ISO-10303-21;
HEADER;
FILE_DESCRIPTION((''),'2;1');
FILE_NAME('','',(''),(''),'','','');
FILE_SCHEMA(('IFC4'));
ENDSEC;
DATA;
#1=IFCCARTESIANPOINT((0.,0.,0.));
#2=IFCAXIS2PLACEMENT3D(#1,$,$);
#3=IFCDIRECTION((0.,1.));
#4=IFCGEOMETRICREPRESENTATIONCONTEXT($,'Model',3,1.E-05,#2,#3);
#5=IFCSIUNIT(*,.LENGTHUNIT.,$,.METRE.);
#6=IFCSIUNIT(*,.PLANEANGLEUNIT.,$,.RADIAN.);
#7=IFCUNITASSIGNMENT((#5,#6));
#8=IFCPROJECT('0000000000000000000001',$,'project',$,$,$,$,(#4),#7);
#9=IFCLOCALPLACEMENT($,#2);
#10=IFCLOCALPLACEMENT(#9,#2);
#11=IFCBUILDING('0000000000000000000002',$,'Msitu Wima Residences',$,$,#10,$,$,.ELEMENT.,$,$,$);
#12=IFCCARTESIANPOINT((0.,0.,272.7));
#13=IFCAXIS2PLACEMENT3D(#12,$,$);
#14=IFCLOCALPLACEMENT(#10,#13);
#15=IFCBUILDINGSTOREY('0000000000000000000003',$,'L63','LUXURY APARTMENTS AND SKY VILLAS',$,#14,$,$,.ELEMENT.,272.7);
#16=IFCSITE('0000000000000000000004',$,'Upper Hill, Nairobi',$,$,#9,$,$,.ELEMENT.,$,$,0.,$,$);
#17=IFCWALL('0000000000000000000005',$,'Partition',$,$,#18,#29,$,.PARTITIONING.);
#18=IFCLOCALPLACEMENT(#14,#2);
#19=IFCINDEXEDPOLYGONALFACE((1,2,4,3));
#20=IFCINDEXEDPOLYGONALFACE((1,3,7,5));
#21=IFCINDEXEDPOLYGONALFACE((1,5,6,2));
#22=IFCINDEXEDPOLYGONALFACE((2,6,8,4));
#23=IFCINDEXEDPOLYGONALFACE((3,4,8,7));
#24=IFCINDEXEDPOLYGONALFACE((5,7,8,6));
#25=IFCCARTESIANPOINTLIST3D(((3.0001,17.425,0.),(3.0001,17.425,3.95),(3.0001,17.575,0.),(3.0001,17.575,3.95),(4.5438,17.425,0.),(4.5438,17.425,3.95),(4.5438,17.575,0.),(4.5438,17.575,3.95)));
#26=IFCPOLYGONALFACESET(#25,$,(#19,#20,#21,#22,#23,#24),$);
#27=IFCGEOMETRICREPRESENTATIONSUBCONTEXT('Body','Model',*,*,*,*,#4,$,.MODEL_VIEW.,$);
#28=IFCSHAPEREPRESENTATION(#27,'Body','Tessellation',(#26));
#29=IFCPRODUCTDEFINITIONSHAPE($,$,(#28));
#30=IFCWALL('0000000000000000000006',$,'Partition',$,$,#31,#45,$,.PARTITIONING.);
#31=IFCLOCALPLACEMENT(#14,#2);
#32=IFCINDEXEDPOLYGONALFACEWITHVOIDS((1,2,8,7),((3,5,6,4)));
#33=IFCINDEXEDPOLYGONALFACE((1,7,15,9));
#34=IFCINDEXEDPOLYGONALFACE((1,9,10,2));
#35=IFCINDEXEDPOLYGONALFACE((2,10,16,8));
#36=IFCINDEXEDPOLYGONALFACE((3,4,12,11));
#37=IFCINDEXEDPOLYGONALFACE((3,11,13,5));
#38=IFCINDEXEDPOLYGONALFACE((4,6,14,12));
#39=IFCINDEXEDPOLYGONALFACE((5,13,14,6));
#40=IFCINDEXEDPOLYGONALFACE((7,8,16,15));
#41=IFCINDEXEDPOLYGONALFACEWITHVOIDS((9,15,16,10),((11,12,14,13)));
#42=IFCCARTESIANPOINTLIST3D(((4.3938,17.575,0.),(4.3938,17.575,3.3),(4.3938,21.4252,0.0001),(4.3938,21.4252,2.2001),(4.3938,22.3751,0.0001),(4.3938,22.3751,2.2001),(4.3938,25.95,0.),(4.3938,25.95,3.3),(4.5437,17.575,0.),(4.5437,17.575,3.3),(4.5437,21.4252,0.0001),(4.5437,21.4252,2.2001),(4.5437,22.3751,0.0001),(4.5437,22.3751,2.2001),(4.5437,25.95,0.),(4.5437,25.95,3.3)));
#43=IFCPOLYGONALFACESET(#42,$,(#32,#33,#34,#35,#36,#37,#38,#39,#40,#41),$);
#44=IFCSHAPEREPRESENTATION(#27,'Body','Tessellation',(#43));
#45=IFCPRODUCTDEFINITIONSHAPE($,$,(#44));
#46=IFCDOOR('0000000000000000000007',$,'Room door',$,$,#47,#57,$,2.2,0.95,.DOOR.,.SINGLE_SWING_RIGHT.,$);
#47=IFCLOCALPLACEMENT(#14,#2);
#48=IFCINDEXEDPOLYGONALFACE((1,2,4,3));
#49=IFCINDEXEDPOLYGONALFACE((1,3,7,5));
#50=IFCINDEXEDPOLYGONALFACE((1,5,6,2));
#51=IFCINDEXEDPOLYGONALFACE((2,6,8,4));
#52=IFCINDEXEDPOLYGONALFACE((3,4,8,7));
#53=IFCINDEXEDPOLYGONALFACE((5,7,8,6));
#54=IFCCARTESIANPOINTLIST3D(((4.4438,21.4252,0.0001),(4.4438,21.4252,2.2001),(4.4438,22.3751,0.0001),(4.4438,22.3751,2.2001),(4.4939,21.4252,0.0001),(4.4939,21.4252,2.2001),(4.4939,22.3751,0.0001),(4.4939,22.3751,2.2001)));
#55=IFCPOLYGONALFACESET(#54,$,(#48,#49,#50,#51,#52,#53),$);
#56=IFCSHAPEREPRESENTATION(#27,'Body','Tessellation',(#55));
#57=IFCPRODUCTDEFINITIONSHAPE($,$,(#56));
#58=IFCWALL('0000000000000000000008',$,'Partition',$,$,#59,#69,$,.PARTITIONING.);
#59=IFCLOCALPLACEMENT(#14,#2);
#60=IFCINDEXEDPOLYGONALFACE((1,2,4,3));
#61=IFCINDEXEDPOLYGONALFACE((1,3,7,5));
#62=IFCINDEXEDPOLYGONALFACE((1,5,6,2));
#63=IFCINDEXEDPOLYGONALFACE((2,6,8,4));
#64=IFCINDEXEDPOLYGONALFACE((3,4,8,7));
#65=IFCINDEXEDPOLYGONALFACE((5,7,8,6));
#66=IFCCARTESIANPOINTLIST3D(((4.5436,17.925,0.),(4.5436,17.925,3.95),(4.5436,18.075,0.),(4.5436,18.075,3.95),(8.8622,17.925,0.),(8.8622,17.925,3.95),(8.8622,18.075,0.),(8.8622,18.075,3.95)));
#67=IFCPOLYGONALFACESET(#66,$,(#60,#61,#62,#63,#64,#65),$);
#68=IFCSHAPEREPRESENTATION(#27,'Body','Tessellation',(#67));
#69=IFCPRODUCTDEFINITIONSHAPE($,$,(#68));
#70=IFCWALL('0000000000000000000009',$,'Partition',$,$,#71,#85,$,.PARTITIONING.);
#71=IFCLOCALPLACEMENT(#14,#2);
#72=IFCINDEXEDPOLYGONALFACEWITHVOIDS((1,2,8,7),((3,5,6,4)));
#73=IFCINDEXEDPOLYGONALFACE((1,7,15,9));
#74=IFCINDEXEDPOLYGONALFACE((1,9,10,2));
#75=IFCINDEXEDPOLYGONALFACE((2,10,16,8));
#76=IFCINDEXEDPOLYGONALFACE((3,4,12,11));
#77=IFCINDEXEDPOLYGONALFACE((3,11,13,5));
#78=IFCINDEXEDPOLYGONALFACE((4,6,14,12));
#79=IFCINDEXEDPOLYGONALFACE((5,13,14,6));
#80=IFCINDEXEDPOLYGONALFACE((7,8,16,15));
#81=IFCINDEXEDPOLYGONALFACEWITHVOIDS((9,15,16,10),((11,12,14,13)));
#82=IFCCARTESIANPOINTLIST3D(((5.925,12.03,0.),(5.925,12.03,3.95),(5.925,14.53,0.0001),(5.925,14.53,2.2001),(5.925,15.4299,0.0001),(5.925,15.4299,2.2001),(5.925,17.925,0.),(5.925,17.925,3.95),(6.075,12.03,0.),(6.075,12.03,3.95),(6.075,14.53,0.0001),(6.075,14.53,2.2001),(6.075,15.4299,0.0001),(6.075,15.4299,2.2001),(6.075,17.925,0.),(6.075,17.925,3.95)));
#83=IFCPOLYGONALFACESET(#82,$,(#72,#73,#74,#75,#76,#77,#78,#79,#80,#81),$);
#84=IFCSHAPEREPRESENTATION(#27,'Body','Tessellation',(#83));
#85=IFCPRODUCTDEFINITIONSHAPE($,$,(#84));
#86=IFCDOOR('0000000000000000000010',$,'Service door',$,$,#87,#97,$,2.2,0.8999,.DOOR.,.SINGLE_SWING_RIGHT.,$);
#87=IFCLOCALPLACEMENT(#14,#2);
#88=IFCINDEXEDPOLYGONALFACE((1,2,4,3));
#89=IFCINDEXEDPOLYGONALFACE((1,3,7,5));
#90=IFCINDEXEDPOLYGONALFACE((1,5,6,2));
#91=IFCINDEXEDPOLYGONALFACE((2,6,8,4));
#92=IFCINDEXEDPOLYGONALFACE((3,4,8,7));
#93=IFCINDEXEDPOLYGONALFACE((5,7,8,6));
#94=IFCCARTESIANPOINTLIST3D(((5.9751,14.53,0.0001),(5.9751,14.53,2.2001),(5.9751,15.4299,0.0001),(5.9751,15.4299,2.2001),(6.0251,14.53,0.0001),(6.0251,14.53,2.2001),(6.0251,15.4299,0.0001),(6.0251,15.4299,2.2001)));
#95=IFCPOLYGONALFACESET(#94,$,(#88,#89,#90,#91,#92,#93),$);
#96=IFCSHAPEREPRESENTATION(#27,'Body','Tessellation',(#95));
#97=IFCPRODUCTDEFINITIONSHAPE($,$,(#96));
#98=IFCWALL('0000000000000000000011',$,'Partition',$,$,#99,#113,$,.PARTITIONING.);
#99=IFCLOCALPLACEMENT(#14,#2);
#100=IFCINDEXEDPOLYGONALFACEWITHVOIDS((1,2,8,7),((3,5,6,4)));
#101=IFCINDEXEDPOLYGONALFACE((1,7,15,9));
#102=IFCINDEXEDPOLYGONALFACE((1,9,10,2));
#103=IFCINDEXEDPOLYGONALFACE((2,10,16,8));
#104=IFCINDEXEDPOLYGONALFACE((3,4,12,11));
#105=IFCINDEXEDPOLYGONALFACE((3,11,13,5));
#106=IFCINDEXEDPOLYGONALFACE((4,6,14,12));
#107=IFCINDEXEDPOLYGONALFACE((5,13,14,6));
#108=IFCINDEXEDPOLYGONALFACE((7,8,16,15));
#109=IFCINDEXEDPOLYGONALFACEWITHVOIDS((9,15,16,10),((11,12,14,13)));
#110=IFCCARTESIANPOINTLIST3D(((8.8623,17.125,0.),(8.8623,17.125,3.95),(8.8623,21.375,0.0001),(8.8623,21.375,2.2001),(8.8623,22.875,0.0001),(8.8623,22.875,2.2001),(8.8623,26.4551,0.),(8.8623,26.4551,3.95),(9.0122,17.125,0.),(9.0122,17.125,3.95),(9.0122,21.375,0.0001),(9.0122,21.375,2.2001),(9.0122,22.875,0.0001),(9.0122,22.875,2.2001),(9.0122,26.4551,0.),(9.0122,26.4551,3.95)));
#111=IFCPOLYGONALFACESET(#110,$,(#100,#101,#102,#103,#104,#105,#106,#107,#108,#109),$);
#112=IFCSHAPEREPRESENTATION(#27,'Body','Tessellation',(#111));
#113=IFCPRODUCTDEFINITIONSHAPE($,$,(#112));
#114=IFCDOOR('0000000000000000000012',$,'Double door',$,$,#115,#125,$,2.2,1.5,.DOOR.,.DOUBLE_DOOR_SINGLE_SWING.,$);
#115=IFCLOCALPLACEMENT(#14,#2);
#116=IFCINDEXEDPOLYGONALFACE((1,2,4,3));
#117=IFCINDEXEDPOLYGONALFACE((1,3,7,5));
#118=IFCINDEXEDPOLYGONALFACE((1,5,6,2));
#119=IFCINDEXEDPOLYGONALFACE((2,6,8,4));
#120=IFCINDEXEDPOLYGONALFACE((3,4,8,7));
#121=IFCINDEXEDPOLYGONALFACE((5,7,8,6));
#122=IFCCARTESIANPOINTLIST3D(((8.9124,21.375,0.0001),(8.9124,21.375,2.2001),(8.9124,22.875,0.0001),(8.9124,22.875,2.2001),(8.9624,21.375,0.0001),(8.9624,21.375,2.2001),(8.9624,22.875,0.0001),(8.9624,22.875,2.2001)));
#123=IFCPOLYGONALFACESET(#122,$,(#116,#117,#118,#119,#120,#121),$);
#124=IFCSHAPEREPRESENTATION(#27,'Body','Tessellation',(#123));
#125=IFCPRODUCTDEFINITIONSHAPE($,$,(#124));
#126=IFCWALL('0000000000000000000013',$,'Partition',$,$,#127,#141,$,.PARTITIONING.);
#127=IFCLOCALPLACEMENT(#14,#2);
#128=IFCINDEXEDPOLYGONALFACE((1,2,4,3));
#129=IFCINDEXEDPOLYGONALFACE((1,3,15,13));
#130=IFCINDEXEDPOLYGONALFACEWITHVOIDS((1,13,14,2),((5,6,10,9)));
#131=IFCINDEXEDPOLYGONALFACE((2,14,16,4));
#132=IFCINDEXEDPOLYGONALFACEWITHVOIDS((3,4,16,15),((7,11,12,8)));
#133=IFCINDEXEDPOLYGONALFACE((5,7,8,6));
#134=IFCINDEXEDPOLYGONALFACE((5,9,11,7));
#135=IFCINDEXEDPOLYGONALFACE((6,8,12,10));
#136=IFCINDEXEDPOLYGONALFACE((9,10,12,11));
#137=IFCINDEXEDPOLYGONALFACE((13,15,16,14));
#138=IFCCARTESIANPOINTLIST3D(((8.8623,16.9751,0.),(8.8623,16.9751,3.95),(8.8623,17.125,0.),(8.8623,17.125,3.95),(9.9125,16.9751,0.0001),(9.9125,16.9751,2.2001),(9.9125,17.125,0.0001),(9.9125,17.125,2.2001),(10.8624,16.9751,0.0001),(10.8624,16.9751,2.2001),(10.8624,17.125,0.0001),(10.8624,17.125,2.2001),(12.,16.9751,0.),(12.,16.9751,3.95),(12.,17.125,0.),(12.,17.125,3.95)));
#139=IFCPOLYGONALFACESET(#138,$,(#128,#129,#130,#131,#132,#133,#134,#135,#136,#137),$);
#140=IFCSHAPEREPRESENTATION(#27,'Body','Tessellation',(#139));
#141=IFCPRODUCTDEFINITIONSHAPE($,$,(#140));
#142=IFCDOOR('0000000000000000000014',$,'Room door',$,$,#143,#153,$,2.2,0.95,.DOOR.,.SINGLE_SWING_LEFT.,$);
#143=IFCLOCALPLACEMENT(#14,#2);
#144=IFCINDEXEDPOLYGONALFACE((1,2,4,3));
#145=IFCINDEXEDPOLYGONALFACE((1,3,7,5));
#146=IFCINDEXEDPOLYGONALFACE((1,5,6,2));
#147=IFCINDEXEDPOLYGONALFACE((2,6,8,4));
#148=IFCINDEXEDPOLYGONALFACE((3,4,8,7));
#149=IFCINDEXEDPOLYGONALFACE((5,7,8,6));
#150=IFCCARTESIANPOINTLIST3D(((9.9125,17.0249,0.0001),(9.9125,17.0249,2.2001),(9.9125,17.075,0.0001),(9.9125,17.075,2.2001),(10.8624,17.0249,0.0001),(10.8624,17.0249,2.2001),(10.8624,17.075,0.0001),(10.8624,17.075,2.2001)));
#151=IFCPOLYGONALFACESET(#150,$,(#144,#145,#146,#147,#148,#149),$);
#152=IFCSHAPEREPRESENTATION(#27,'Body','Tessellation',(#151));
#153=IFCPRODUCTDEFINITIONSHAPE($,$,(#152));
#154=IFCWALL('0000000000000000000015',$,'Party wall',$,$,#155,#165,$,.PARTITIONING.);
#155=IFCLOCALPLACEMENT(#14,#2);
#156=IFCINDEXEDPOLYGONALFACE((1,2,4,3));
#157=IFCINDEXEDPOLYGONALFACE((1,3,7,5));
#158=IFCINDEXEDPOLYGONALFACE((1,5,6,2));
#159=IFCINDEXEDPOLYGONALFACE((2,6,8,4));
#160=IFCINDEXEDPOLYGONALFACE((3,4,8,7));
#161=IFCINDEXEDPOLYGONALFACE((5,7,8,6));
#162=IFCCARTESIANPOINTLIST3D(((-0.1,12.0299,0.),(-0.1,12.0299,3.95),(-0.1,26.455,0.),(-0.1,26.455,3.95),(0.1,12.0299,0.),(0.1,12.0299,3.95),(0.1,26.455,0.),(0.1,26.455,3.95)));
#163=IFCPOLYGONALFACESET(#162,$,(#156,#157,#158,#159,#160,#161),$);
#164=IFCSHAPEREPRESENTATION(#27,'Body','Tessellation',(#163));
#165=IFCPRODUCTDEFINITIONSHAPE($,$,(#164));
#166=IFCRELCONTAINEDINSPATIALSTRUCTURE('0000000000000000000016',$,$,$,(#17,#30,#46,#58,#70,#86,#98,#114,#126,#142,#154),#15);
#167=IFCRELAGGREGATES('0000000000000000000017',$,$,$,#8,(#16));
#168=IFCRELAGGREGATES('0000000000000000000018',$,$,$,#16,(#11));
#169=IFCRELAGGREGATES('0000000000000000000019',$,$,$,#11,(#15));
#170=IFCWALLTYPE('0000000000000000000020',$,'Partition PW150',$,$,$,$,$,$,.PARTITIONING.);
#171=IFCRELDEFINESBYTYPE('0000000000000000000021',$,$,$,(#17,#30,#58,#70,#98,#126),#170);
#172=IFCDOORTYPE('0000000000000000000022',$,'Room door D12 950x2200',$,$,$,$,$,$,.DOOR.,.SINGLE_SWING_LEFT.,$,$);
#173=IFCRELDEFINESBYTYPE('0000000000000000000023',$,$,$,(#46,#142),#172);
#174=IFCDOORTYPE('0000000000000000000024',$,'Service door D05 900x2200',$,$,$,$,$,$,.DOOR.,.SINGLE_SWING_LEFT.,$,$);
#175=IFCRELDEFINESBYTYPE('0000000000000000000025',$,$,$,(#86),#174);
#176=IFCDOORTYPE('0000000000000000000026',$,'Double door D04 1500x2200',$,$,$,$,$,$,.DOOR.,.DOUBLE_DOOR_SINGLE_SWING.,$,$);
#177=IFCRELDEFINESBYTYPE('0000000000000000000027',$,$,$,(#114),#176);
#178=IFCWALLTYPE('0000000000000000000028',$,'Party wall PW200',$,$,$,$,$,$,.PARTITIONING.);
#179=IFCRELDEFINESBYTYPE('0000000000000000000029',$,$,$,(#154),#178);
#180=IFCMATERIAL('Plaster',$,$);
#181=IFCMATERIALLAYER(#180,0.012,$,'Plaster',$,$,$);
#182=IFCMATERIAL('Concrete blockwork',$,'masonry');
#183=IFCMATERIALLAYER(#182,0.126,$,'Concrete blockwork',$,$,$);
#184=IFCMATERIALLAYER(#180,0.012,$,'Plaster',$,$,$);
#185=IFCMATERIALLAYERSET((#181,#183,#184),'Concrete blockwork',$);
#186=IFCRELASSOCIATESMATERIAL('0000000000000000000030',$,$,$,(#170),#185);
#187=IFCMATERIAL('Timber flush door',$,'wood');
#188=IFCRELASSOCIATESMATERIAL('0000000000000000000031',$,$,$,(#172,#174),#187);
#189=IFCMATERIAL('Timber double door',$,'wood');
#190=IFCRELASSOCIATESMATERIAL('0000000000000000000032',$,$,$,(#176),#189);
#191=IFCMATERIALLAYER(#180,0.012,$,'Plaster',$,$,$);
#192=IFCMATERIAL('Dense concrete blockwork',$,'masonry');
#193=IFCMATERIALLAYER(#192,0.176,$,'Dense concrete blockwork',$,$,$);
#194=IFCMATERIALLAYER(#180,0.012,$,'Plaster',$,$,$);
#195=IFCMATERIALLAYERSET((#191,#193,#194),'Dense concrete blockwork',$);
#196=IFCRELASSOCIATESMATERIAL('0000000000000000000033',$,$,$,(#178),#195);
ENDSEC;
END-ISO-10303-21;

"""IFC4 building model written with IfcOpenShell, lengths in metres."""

from ifc_helpers import new_model, si_unit, direction, frame, frame_2d, origin, place, context, subcontext, project, spatial, rectangle, extrude, material, layer, layer_set, type_object, element, fill, save


model = new_model("IFC4")

# Units and contexts
model_context = context("Model", 3, precision=1e-05, world=origin(), true_north=direction((0.0, 1.0)))
body_context = subcontext(model_context, "Body", "Model", "MODEL_VIEW")
ifc_project = project(units=[si_unit("LENGTHUNIT", "METRE"), si_unit("PLANEANGLEUNIT", "RADIAN")], contexts=[model_context])

# Site, building, storey
site_placement = place(None, origin())
site = spatial("IfcSite", under=ifc_project, at=site_placement, Name="Upper Hill, Nairobi", CompositionType="ELEMENT", RefElevation=0.0)
building_placement = place(site_placement, origin())
building = spatial("IfcBuilding", under=site, at=building_placement, Name="Msitu Wima Residences", CompositionType="ELEMENT")
storey_placement = place(building_placement, frame((0.0, 0.0, 272.7)))
storey = spatial("IfcBuildingStorey", under=building, at=storey_placement, Name="L63", Description="LUXURY APARTMENTS AND SKY VILLAS", CompositionType="ELEMENT", Elevation=272.7)

# Wall
ifc_material_1 = material(Name="Plaster")
ifc_layer_1 = layer(ifc_material_1, 0.012, Name="Plaster")
ifc_material_2 = material(Name="Concrete blockwork", Category="masonry")
ifc_layer_2 = layer(ifc_material_2, 0.126, Name="Concrete blockwork")
ifc_layer_3 = layer(ifc_material_1, 0.012, Name="Plaster")
ifc_layer_set_1 = layer_set([ifc_layer_1, ifc_layer_2, ifc_layer_3], Name="Concrete blockwork")
wall_type_1 = type_object("IfcWallType", Name="Partition PW150", PredefinedType="PARTITIONING", material=ifc_layer_set_1)
wall_1_placement = place(storey_placement, frame((3.0, 17.5, 0.0), z_axis=(0.0, 0.0, 1.0), x_axis=(1.0, 0.0, 0.0)))
element("IfcWall", 1, at=wall_1_placement, inside=storey, type_object=wall_type_1, Name="Partition", PredefinedType="PARTITIONING", context=body_context, shape_type="SweptSolid", body=[
    extrude(rectangle(XDim=1.5437, YDim=0.1499, at=frame_2d((0.772, 0.0))), origin(), (0.0, 0.0, 1.0), 3.95),
])

# Wall, opening, door
wall_2_placement = place(storey_placement, frame((4.4688, 17.575, 0.0), z_axis=(0.0, 0.0, 1.0), x_axis=(0.0, 1.0, 0.0)))
wall_2 = element("IfcWall", 2, at=wall_2_placement, inside=storey, type_object=wall_type_1, Name="Partition", PredefinedType="PARTITIONING", context=body_context, shape_type="SweptSolid", body=[
    extrude(rectangle(XDim=8.375, YDim=0.1499, at=frame_2d((4.1875, 0.0))), origin(), (0.0, 0.0, 1.0), 3.3),
])
opening_1_placement = place(wall_2_placement, frame((3.8501, 0.0, 0.0)))
opening_1 = element("IfcOpeningElement", 3, at=opening_1_placement, cuts=wall_2, PredefinedType="OPENING", context=body_context, shape_type="SweptSolid", body=[
    extrude(rectangle(XDim=0.95, YDim=2.2, at=frame_2d((0.4751, 1.1001))), frame((0.0, 0.085, 0.0), z_axis=(0.0, -1.0, 0.0), x_axis=(1.0, 0.0, 0.0)), (0.0, 0.0, 1.0), 0.1699),
])
ifc_material_3 = material(Name="Timber flush door", Category="wood")
door_type_1 = type_object("IfcDoorType", Name="Room door D12 950x2200", OperationType="SINGLE_SWING_LEFT", PredefinedType="DOOR", material=ifc_material_3)
door_1_placement = place(opening_1_placement, origin())
door_1 = element("IfcDoor", 4, at=door_1_placement, inside=storey, type_object=door_type_1, Name="Room door", OperationType="SINGLE_SWING_RIGHT", OverallHeight=2.2, OverallWidth=0.95, PredefinedType="DOOR", context=body_context, shape_type="SweptSolid", body=[
    extrude(rectangle(XDim=0.95, YDim=2.2, at=frame_2d((0.4751, 1.1001))), frame((0.0, 0.0249, 0.0), z_axis=(0.0, -1.0, 0.0), x_axis=(1.0, 0.0, 0.0)), (0.0, 0.0, 1.0), 0.05),
])
fill(opening_1, door_1)

# Wall
wall_3_placement = place(storey_placement, frame((4.5437, 18.0, 0.0), z_axis=(0.0, 0.0, 1.0), x_axis=(1.0, 0.0, 0.0)))
element("IfcWall", 5, at=wall_3_placement, inside=storey, type_object=wall_type_1, Name="Partition", PredefinedType="PARTITIONING", context=body_context, shape_type="SweptSolid", body=[
    extrude(rectangle(XDim=4.3186, YDim=0.1499, at=frame_2d((2.1592, 0.0))), origin(), (0.0, 0.0, 1.0), 3.95),
])

# Walls, openings, doors
wall_4_placement = place(storey_placement, frame((6.0, 12.03, 0.0), z_axis=(0.0, 0.0, 1.0), x_axis=(0.0, 1.0, 0.0)))
wall_4 = element("IfcWall", 6, at=wall_4_placement, inside=storey, type_object=wall_type_1, Name="Partition", PredefinedType="PARTITIONING", context=body_context, shape_type="SweptSolid", body=[
    extrude(rectangle(XDim=5.895, YDim=0.1499, at=frame_2d((2.9475, 0.0))), origin(), (0.0, 0.0, 1.0), 3.95),
])
opening_2_placement = place(wall_4_placement, frame((2.5, 0.0, 0.0)))
opening_2 = element("IfcOpeningElement", 7, at=opening_2_placement, cuts=wall_4, PredefinedType="OPENING", context=body_context, shape_type="SweptSolid", body=[
    extrude(rectangle(XDim=0.8999, YDim=2.2, at=frame_2d((0.45, 1.1001))), frame((0.0, 0.085, 0.0), z_axis=(0.0, -1.0, 0.0), x_axis=(1.0, 0.0, 0.0)), (0.0, 0.0, 1.0), 0.1699),
])
door_type_2 = type_object("IfcDoorType", Name="Service door D05 900x2200", OperationType="SINGLE_SWING_LEFT", PredefinedType="DOOR", material=ifc_material_3)
door_2_placement = place(opening_2_placement, origin())
door_2 = element("IfcDoor", 8, at=door_2_placement, inside=storey, type_object=door_type_2, Name="Service door", OperationType="SINGLE_SWING_RIGHT", OverallHeight=2.2, OverallWidth=0.8999, PredefinedType="DOOR", context=body_context, shape_type="SweptSolid", body=[
    extrude(rectangle(XDim=0.8999, YDim=2.2, at=frame_2d((0.45, 1.1001))), frame((0.0, 0.0249, 0.0), z_axis=(0.0, -1.0, 0.0), x_axis=(1.0, 0.0, 0.0)), (0.0, 0.0, 1.0), 0.05),
])
fill(opening_2, door_2)
wall_5_placement = place(storey_placement, frame((8.9373, 17.125, 0.0), z_axis=(0.0, 0.0, 1.0), x_axis=(0.0, 1.0, 0.0)))
wall_5 = element("IfcWall", 9, at=wall_5_placement, inside=storey, type_object=wall_type_1, Name="Partition", PredefinedType="PARTITIONING", context=body_context, shape_type="SweptSolid", body=[
    extrude(rectangle(XDim=9.3301, YDim=0.1499, at=frame_2d((4.665, 0.0))), origin(), (0.0, 0.0, 1.0), 3.95),
])
opening_3_placement = place(wall_5_placement, frame((4.25, 0.0, 0.0)))
opening_3 = element("IfcOpeningElement", 10, at=opening_3_placement, cuts=wall_5, PredefinedType="OPENING", context=body_context, shape_type="SweptSolid", body=[
    extrude(rectangle(XDim=1.5, YDim=2.2, at=frame_2d((0.75, 1.1001))), frame((0.0, 0.085, 0.0), z_axis=(0.0, -1.0, 0.0), x_axis=(1.0, 0.0, 0.0)), (0.0, 0.0, 1.0), 0.1699),
])
ifc_material_4 = material(Name="Timber double door", Category="wood")
door_type_3 = type_object("IfcDoorType", Name="Double door D04 1500x2200", OperationType="DOUBLE_DOOR_SINGLE_SWING", PredefinedType="DOOR", material=ifc_material_4)
door_3_placement = place(opening_3_placement, origin())
door_3 = element("IfcDoor", 11, at=door_3_placement, inside=storey, type_object=door_type_3, Name="Double door", OperationType="DOUBLE_DOOR_SINGLE_SWING", OverallHeight=2.2, OverallWidth=1.5, PredefinedType="DOOR", context=body_context, shape_type="SweptSolid", body=[
    extrude(rectangle(XDim=1.5, YDim=2.2, at=frame_2d((0.75, 1.1001))), frame((0.0, 0.0249, 0.0), z_axis=(0.0, -1.0, 0.0), x_axis=(1.0, 0.0, 0.0)), (0.0, 0.0, 1.0), 0.05),
])
fill(opening_3, door_3)
wall_6_placement = place(storey_placement, frame((8.8623, 17.05, 0.0), z_axis=(0.0, 0.0, 1.0), x_axis=(1.0, 0.0, 0.0)))
wall_6 = element("IfcWall", 12, at=wall_6_placement, inside=storey, type_object=wall_type_1, Name="Partition", PredefinedType="PARTITIONING", context=body_context, shape_type="SweptSolid", body=[
    extrude(rectangle(XDim=3.1377, YDim=0.1499, at=frame_2d((1.5688, 0.0))), origin(), (0.0, 0.0, 1.0), 3.95),
])
opening_4_placement = place(wall_6_placement, frame((1.05, 0.0, 0.0)))
opening_4 = element("IfcOpeningElement", 13, at=opening_4_placement, cuts=wall_6, PredefinedType="OPENING", context=body_context, shape_type="SweptSolid", body=[
    extrude(rectangle(XDim=0.95, YDim=2.2, at=frame_2d((0.4751, 1.1001))), frame((0.0, 0.085, 0.0), z_axis=(0.0, -1.0, 0.0), x_axis=(1.0, 0.0, 0.0)), (0.0, 0.0, 1.0), 0.1699),
])
door_4_placement = place(opening_4_placement, origin())
door_4 = element("IfcDoor", 14, at=door_4_placement, inside=storey, type_object=door_type_1, Name="Room door", OperationType="SINGLE_SWING_LEFT", OverallHeight=2.2, OverallWidth=0.95, PredefinedType="DOOR", context=body_context, shape_type="SweptSolid", body=[
    extrude(rectangle(XDim=0.95, YDim=2.2, at=frame_2d((0.4751, 1.1001))), frame((0.0, 0.0249, 0.0), z_axis=(0.0, -1.0, 0.0), x_axis=(1.0, 0.0, 0.0)), (0.0, 0.0, 1.0), 0.05),
])
fill(opening_4, door_4)

# Wall
ifc_layer_4 = layer(ifc_material_1, 0.012, Name="Plaster")
ifc_material_5 = material(Name="Dense concrete blockwork", Category="masonry")
ifc_layer_5 = layer(ifc_material_5, 0.176, Name="Dense concrete blockwork")
ifc_layer_6 = layer(ifc_material_1, 0.012, Name="Plaster")
ifc_layer_set_2 = layer_set([ifc_layer_4, ifc_layer_5, ifc_layer_6], Name="Dense concrete blockwork")
wall_type_2 = type_object("IfcWallType", Name="Party wall PW200", PredefinedType="PARTITIONING", material=ifc_layer_set_2)
wall_7_placement = place(storey_placement, frame((0.0, 12.03, 0.0), z_axis=(0.0, 0.0, 1.0), x_axis=(0.0, 1.0, 0.0)))
element("IfcWall", 15, at=wall_7_placement, inside=storey, type_object=wall_type_2, Name="Party wall", PredefinedType="PARTITIONING", context=body_context, shape_type="SweptSolid", body=[
    extrude(rectangle(XDim=14.425, YDim=0.2, at=frame_2d((7.2124, 0.0))), origin(), (0.0, 0.0, 1.0), 3.95),
])

save(model, "model.ifc")
